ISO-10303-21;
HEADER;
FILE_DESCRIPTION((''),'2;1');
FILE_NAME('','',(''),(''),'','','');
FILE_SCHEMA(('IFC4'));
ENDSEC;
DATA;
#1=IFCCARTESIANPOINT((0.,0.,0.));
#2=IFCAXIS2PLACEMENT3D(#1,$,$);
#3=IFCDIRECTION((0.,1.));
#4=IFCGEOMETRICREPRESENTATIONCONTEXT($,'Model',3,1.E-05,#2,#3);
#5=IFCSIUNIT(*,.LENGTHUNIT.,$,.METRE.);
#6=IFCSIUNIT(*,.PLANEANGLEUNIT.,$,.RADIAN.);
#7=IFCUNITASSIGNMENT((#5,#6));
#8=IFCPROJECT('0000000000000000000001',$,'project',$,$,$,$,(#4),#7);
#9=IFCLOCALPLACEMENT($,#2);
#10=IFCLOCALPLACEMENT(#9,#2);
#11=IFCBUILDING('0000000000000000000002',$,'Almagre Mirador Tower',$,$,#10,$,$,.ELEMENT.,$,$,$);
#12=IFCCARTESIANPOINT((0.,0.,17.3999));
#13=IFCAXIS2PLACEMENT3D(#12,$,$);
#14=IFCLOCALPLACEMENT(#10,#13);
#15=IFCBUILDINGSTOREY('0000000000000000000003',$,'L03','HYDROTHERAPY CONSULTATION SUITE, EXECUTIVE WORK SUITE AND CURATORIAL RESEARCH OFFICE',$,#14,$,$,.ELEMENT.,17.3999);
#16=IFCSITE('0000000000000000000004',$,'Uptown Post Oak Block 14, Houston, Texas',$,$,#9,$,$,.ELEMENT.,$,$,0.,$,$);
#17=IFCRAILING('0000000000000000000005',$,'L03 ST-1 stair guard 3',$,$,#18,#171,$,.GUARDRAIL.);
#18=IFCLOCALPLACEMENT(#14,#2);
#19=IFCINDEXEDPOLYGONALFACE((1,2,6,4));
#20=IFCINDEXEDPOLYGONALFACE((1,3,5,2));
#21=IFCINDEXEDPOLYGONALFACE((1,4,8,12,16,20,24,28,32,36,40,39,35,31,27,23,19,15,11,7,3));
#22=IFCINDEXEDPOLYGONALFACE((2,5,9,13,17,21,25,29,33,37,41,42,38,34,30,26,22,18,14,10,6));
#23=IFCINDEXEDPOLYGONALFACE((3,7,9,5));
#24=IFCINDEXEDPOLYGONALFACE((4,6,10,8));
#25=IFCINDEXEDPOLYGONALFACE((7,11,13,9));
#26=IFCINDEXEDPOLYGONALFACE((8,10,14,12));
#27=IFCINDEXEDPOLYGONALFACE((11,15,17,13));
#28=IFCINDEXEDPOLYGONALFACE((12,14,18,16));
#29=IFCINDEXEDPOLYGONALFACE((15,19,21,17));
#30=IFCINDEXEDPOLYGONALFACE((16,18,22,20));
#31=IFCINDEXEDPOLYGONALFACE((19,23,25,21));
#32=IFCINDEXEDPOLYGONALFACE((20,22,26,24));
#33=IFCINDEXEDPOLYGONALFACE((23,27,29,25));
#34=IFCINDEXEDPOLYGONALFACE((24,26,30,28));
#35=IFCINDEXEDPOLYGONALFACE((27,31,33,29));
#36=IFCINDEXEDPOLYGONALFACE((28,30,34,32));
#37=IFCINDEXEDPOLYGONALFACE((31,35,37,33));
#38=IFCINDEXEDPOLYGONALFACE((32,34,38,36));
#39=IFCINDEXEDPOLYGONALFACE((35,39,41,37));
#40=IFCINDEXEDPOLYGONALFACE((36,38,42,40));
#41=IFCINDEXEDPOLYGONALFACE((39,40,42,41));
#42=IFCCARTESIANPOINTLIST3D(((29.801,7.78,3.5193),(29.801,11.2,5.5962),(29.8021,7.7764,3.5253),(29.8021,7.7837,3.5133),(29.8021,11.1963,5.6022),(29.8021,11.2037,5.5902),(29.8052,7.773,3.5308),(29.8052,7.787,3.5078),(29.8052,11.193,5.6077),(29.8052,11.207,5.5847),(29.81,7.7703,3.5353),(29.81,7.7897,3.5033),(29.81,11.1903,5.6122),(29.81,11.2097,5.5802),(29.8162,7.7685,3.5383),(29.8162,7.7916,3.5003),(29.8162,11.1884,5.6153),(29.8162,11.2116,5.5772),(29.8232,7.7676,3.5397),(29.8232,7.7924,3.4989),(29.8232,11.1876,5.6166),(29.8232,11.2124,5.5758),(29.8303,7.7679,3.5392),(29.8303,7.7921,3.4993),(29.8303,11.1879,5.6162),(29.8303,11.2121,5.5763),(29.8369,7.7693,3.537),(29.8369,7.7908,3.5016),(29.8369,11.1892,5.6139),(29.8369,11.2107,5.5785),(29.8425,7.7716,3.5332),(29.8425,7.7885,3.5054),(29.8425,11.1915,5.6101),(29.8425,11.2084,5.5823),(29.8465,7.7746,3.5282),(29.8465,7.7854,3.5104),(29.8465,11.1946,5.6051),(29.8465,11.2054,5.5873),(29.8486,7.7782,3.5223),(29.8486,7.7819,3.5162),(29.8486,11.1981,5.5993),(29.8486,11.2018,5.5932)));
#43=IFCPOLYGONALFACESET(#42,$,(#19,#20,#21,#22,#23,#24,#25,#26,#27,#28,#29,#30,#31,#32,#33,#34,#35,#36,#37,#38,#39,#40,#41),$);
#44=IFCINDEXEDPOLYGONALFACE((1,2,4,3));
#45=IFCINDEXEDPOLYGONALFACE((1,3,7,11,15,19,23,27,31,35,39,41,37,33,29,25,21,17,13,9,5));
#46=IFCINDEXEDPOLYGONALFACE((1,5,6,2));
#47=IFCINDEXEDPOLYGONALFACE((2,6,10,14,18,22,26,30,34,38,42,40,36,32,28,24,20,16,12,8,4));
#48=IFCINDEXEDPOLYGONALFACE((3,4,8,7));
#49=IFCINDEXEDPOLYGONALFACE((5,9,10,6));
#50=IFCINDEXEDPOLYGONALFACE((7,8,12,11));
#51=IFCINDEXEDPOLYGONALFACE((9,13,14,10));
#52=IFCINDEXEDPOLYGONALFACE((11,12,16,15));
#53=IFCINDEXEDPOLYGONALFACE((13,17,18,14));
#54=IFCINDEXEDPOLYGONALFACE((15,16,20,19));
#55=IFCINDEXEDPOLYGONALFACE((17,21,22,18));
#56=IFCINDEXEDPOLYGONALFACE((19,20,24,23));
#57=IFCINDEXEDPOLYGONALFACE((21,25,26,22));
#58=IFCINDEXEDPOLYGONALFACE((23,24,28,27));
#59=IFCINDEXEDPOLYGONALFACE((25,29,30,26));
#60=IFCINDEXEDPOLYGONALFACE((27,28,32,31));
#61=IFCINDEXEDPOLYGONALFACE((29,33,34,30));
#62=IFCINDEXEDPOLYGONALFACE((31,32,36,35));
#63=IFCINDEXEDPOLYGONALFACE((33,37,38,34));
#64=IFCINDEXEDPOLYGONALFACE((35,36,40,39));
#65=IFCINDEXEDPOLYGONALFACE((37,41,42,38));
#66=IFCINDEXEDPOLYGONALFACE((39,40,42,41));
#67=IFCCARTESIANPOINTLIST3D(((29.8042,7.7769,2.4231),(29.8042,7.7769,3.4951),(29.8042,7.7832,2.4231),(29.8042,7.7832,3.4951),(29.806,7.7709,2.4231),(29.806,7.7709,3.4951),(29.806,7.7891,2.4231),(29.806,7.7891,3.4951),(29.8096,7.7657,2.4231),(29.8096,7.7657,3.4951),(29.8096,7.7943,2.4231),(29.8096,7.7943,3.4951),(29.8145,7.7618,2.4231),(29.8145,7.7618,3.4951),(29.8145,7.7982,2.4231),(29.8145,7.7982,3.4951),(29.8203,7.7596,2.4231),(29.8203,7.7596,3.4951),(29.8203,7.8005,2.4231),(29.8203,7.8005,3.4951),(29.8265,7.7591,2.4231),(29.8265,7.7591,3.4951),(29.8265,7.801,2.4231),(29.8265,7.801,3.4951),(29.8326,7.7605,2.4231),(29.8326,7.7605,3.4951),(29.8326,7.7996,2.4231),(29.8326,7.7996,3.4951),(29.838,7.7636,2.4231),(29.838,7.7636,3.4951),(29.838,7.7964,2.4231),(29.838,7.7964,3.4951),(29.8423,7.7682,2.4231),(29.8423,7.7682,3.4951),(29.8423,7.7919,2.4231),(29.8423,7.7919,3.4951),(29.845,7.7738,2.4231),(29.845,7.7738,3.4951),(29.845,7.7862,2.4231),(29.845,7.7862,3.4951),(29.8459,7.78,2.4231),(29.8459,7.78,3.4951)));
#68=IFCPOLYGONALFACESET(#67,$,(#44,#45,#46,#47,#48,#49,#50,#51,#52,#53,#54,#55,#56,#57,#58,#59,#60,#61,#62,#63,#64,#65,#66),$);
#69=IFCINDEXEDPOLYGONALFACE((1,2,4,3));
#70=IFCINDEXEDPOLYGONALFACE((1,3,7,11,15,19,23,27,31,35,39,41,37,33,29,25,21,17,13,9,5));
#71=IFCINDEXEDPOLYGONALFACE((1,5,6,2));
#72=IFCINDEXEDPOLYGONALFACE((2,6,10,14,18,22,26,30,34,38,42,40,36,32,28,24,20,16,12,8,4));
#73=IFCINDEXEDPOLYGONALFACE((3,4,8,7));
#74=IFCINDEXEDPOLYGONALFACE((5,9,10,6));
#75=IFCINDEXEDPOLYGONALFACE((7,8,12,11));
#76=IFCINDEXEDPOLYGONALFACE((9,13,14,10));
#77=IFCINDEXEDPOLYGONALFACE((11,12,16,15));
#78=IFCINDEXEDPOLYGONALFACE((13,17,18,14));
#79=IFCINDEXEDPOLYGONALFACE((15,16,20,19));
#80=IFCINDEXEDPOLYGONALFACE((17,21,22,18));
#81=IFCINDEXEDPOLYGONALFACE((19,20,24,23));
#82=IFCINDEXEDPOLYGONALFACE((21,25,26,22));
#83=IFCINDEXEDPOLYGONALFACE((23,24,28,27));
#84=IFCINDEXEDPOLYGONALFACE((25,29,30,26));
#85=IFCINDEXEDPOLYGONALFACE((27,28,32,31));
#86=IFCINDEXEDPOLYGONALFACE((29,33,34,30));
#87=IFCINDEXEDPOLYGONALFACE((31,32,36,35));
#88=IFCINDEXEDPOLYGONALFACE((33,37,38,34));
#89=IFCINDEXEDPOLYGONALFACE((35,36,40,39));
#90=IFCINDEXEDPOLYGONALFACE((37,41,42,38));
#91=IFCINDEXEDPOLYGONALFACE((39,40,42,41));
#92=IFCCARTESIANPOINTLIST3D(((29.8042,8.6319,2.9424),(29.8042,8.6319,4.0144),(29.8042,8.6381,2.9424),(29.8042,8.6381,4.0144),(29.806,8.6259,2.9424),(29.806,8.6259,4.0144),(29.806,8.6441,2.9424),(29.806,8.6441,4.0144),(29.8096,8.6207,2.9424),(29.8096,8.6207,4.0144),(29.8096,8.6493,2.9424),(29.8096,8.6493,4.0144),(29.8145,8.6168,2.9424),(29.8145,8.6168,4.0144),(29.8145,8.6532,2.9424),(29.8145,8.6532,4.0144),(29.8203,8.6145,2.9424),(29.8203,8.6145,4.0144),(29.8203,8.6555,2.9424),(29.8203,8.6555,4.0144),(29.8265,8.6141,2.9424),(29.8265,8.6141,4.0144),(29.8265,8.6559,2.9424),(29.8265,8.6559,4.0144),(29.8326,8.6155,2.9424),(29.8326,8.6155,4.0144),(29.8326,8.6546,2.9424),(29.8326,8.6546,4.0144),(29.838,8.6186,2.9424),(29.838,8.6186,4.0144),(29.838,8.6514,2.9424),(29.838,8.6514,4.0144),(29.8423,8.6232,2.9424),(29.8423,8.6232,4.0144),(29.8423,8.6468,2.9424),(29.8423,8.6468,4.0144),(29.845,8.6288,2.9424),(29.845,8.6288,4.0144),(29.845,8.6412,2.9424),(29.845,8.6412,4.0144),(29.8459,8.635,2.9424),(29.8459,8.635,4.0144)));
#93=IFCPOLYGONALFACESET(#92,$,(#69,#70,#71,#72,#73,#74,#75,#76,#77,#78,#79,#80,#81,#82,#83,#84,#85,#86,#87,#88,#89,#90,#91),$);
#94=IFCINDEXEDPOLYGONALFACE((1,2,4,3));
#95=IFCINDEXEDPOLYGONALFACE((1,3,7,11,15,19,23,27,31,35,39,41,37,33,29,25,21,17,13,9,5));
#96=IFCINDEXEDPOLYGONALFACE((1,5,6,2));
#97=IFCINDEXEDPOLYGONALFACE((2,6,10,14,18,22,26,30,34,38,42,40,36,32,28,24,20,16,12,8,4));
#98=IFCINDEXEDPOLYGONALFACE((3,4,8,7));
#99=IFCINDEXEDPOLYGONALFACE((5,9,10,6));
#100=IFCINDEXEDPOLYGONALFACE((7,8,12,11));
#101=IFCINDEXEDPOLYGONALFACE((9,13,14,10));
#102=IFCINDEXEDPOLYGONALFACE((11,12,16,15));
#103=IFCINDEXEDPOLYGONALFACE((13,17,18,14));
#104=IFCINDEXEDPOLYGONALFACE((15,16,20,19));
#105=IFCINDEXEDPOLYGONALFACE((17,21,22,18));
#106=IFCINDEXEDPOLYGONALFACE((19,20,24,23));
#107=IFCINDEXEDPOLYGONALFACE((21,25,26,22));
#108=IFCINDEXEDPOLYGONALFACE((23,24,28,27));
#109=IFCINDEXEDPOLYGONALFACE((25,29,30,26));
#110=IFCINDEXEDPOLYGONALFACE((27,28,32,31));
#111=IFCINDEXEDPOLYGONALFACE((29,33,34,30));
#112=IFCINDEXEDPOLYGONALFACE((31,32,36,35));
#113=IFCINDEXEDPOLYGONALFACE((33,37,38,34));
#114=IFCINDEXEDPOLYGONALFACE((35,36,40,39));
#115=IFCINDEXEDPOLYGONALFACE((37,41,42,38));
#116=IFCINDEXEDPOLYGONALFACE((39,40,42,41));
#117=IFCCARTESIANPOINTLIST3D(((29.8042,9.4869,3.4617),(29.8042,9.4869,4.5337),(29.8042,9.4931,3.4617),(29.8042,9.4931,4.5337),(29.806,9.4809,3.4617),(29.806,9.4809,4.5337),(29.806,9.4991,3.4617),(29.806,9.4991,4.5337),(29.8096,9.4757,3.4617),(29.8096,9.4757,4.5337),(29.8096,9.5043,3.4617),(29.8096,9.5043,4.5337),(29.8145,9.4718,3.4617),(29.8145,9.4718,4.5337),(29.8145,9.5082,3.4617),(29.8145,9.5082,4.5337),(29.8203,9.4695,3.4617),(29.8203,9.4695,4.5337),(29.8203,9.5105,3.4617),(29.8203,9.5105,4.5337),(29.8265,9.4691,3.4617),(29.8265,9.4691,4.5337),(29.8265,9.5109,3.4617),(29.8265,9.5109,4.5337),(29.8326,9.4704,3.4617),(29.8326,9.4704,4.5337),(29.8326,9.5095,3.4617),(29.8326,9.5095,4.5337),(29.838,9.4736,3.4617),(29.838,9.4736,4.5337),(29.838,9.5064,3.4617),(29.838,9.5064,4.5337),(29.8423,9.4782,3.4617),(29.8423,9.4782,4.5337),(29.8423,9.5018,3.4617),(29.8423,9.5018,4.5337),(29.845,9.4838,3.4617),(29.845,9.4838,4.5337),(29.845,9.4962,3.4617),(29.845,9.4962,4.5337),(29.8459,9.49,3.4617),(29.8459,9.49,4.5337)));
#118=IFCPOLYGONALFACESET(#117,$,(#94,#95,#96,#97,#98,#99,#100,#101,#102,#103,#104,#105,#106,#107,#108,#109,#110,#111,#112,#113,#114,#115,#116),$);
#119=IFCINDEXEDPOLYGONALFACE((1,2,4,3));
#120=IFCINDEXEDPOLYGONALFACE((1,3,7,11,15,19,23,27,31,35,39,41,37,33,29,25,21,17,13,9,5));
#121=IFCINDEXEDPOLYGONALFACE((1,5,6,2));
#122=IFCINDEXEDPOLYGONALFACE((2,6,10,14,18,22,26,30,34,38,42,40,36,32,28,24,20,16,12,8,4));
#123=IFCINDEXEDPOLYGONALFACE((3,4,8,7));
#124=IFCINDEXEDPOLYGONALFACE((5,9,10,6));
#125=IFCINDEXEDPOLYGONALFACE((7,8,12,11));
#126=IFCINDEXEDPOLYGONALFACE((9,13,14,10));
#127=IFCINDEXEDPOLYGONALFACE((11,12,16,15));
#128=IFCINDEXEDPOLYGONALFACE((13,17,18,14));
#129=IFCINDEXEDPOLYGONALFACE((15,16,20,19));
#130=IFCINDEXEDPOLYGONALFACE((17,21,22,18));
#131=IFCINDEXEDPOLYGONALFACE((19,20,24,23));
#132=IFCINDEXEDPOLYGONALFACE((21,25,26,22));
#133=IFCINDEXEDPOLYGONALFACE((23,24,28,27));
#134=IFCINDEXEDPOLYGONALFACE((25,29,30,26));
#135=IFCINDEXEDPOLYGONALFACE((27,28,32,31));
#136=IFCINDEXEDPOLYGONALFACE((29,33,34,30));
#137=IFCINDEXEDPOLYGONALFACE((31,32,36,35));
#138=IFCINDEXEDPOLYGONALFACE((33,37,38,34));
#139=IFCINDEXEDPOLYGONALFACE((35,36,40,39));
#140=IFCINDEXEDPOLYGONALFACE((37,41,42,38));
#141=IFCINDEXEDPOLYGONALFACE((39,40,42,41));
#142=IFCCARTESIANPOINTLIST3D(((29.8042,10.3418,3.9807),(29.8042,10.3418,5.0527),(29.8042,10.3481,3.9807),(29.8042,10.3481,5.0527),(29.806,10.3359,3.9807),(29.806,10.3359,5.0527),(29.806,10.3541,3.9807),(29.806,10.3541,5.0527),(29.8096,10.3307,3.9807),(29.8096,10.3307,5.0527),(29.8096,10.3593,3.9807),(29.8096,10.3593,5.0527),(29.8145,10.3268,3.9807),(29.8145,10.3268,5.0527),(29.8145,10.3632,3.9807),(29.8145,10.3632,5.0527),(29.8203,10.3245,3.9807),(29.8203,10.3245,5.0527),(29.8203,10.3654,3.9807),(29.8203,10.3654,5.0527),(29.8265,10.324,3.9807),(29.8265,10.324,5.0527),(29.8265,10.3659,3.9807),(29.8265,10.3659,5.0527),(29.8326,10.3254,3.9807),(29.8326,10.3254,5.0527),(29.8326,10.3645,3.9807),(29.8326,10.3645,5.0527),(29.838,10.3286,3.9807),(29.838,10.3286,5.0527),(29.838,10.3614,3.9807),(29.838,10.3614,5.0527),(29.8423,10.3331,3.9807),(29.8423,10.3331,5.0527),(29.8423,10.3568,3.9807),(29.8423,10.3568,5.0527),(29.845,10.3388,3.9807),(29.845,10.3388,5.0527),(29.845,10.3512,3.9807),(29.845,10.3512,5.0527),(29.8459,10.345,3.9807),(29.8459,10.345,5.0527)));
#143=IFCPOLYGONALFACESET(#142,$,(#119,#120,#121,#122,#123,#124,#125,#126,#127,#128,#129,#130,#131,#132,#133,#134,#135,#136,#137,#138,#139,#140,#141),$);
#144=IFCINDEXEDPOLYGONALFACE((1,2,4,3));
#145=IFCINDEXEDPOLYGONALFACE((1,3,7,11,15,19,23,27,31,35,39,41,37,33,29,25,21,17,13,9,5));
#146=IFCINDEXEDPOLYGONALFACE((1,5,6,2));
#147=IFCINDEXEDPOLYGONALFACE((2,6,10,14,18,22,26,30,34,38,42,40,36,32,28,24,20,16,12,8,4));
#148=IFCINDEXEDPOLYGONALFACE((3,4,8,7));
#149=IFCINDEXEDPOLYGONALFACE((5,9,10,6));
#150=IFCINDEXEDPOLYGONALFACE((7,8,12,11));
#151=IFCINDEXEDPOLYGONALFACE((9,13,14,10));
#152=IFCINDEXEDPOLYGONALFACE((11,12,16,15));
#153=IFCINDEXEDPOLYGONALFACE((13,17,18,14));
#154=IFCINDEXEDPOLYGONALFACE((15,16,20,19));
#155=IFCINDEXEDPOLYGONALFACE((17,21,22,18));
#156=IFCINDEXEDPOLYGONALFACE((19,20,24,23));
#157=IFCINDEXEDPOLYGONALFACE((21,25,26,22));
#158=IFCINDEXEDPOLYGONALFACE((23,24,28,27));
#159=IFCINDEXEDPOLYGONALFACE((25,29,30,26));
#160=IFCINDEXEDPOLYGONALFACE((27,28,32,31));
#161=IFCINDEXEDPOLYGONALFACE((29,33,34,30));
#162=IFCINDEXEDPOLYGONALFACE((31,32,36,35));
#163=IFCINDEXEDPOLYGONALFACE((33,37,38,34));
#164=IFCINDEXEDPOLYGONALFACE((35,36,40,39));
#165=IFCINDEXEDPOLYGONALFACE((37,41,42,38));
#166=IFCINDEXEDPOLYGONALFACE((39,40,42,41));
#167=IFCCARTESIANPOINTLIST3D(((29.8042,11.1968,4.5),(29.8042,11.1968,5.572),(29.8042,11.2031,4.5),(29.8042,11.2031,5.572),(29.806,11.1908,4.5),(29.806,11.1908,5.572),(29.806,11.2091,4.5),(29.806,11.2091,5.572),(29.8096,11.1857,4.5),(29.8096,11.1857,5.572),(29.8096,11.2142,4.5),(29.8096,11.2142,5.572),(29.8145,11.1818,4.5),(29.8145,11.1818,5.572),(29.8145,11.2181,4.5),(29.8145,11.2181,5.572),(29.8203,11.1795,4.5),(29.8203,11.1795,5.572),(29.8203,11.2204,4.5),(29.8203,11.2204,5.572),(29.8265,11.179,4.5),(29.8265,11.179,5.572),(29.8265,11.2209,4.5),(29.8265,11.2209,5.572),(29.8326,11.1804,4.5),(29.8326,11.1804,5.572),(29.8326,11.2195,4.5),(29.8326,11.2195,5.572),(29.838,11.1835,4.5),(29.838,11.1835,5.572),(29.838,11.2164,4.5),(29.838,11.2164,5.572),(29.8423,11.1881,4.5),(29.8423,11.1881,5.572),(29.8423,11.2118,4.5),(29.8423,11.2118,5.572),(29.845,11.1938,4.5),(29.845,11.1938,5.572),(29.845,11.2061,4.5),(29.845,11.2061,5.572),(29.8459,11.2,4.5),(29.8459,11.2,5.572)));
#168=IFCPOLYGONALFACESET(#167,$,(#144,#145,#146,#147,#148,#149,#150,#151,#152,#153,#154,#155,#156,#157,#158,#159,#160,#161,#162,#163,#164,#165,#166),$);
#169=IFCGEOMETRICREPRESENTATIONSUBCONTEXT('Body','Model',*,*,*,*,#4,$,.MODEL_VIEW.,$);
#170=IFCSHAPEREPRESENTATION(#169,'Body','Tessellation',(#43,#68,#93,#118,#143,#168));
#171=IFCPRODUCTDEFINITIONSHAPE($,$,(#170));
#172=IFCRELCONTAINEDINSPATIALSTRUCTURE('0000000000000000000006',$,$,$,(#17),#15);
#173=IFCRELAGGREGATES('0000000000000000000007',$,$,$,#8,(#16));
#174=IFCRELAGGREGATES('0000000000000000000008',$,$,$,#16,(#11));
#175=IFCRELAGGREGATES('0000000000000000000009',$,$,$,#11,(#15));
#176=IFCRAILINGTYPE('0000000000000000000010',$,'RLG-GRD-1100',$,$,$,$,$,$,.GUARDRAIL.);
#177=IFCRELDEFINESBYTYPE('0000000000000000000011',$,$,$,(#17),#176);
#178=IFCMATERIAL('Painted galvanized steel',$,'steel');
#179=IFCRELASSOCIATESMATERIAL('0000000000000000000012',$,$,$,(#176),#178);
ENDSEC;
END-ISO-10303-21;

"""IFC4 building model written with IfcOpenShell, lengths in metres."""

from ifc_helpers import new_model, si_unit, direction, frame, origin, origin_2d, place, context, subcontext, project, spatial, circle, extrude, material, type_object, element, save


model = new_model("IFC4")

# Units and contexts
model_context = context("Model", 3, precision=1e-05, world=origin(), true_north=direction((0.0, 1.0)))
body_context = subcontext(model_context, "Body", "Model", "MODEL_VIEW")
ifc_project = project(units=[si_unit("LENGTHUNIT", "METRE"), si_unit("PLANEANGLEUNIT", "RADIAN")], contexts=[model_context])

# Site, building, storey
site_placement = place(None, origin())
site = spatial("IfcSite", under=ifc_project, at=site_placement, Name="Uptown Post Oak Block 14, Houston, Texas", CompositionType="ELEMENT", RefElevation=0.0)
building_placement = place(site_placement, origin())
building = spatial("IfcBuilding", under=site, at=building_placement, Name="Almagre Mirador Tower", CompositionType="ELEMENT")
storey_placement = place(building_placement, frame((0.0, 0.0, 17.3999)))
storey = spatial("IfcBuildingStorey", under=building, at=storey_placement, Name="L03", Description="HYDROTHERAPY CONSULTATION SUITE, EXECUTIVE WORK SUITE AND CURATORIAL RESEARCH OFFICE", CompositionType="ELEMENT", Elevation=17.3999)

# Railing
ifc_material_1 = material(Name="Painted galvanized steel", Category="steel")
railing_type = type_object("IfcRailingType", Name="RLG-GRD-1100", PredefinedType="GUARDRAIL", material=ifc_material_1)
railing_1_placement = place(storey_placement, frame((29.825, 7.78, 2.4231)))
element("IfcRailing", 1, at=railing_1_placement, inside=storey, type_object=railing_type, Name="L03 ST-1 stair guard 3", PredefinedType="GUARDRAIL", context=body_context, shape_type="SweptSolid", body=[
    extrude(circle(Radius=0.0239, at=origin_2d()), frame((0.0, 0.0, 1.0962), z_axis=(0.0, 0.85473, 0.519074), x_axis=(-1.0, 0.0, 0.0)), (0.0, 0.0, 1.0), 4.0012),
    extrude(circle(Radius=0.021, at=origin_2d()), origin(), (0.0, 0.0, 1.0), 1.072),
    extrude(circle(Radius=0.021, at=origin_2d()), frame((0.0, 0.855, 0.5193)), (0.0, 0.0, 1.0), 1.072),
    extrude(circle(Radius=0.021, at=origin_2d()), frame((0.0, 1.71, 1.0386)), (0.0, 0.0, 1.0), 1.072),
    extrude(circle(Radius=0.021, at=origin_2d()), frame((0.0, 2.5649, 1.5576)), (0.0, 0.0, 1.0), 1.072),
    extrude(circle(Radius=0.021, at=origin_2d()), frame((0.0, 3.4199, 2.0769)), (0.0, 0.0, 1.0), 1.072),
])

save(model, "model.ifc")
